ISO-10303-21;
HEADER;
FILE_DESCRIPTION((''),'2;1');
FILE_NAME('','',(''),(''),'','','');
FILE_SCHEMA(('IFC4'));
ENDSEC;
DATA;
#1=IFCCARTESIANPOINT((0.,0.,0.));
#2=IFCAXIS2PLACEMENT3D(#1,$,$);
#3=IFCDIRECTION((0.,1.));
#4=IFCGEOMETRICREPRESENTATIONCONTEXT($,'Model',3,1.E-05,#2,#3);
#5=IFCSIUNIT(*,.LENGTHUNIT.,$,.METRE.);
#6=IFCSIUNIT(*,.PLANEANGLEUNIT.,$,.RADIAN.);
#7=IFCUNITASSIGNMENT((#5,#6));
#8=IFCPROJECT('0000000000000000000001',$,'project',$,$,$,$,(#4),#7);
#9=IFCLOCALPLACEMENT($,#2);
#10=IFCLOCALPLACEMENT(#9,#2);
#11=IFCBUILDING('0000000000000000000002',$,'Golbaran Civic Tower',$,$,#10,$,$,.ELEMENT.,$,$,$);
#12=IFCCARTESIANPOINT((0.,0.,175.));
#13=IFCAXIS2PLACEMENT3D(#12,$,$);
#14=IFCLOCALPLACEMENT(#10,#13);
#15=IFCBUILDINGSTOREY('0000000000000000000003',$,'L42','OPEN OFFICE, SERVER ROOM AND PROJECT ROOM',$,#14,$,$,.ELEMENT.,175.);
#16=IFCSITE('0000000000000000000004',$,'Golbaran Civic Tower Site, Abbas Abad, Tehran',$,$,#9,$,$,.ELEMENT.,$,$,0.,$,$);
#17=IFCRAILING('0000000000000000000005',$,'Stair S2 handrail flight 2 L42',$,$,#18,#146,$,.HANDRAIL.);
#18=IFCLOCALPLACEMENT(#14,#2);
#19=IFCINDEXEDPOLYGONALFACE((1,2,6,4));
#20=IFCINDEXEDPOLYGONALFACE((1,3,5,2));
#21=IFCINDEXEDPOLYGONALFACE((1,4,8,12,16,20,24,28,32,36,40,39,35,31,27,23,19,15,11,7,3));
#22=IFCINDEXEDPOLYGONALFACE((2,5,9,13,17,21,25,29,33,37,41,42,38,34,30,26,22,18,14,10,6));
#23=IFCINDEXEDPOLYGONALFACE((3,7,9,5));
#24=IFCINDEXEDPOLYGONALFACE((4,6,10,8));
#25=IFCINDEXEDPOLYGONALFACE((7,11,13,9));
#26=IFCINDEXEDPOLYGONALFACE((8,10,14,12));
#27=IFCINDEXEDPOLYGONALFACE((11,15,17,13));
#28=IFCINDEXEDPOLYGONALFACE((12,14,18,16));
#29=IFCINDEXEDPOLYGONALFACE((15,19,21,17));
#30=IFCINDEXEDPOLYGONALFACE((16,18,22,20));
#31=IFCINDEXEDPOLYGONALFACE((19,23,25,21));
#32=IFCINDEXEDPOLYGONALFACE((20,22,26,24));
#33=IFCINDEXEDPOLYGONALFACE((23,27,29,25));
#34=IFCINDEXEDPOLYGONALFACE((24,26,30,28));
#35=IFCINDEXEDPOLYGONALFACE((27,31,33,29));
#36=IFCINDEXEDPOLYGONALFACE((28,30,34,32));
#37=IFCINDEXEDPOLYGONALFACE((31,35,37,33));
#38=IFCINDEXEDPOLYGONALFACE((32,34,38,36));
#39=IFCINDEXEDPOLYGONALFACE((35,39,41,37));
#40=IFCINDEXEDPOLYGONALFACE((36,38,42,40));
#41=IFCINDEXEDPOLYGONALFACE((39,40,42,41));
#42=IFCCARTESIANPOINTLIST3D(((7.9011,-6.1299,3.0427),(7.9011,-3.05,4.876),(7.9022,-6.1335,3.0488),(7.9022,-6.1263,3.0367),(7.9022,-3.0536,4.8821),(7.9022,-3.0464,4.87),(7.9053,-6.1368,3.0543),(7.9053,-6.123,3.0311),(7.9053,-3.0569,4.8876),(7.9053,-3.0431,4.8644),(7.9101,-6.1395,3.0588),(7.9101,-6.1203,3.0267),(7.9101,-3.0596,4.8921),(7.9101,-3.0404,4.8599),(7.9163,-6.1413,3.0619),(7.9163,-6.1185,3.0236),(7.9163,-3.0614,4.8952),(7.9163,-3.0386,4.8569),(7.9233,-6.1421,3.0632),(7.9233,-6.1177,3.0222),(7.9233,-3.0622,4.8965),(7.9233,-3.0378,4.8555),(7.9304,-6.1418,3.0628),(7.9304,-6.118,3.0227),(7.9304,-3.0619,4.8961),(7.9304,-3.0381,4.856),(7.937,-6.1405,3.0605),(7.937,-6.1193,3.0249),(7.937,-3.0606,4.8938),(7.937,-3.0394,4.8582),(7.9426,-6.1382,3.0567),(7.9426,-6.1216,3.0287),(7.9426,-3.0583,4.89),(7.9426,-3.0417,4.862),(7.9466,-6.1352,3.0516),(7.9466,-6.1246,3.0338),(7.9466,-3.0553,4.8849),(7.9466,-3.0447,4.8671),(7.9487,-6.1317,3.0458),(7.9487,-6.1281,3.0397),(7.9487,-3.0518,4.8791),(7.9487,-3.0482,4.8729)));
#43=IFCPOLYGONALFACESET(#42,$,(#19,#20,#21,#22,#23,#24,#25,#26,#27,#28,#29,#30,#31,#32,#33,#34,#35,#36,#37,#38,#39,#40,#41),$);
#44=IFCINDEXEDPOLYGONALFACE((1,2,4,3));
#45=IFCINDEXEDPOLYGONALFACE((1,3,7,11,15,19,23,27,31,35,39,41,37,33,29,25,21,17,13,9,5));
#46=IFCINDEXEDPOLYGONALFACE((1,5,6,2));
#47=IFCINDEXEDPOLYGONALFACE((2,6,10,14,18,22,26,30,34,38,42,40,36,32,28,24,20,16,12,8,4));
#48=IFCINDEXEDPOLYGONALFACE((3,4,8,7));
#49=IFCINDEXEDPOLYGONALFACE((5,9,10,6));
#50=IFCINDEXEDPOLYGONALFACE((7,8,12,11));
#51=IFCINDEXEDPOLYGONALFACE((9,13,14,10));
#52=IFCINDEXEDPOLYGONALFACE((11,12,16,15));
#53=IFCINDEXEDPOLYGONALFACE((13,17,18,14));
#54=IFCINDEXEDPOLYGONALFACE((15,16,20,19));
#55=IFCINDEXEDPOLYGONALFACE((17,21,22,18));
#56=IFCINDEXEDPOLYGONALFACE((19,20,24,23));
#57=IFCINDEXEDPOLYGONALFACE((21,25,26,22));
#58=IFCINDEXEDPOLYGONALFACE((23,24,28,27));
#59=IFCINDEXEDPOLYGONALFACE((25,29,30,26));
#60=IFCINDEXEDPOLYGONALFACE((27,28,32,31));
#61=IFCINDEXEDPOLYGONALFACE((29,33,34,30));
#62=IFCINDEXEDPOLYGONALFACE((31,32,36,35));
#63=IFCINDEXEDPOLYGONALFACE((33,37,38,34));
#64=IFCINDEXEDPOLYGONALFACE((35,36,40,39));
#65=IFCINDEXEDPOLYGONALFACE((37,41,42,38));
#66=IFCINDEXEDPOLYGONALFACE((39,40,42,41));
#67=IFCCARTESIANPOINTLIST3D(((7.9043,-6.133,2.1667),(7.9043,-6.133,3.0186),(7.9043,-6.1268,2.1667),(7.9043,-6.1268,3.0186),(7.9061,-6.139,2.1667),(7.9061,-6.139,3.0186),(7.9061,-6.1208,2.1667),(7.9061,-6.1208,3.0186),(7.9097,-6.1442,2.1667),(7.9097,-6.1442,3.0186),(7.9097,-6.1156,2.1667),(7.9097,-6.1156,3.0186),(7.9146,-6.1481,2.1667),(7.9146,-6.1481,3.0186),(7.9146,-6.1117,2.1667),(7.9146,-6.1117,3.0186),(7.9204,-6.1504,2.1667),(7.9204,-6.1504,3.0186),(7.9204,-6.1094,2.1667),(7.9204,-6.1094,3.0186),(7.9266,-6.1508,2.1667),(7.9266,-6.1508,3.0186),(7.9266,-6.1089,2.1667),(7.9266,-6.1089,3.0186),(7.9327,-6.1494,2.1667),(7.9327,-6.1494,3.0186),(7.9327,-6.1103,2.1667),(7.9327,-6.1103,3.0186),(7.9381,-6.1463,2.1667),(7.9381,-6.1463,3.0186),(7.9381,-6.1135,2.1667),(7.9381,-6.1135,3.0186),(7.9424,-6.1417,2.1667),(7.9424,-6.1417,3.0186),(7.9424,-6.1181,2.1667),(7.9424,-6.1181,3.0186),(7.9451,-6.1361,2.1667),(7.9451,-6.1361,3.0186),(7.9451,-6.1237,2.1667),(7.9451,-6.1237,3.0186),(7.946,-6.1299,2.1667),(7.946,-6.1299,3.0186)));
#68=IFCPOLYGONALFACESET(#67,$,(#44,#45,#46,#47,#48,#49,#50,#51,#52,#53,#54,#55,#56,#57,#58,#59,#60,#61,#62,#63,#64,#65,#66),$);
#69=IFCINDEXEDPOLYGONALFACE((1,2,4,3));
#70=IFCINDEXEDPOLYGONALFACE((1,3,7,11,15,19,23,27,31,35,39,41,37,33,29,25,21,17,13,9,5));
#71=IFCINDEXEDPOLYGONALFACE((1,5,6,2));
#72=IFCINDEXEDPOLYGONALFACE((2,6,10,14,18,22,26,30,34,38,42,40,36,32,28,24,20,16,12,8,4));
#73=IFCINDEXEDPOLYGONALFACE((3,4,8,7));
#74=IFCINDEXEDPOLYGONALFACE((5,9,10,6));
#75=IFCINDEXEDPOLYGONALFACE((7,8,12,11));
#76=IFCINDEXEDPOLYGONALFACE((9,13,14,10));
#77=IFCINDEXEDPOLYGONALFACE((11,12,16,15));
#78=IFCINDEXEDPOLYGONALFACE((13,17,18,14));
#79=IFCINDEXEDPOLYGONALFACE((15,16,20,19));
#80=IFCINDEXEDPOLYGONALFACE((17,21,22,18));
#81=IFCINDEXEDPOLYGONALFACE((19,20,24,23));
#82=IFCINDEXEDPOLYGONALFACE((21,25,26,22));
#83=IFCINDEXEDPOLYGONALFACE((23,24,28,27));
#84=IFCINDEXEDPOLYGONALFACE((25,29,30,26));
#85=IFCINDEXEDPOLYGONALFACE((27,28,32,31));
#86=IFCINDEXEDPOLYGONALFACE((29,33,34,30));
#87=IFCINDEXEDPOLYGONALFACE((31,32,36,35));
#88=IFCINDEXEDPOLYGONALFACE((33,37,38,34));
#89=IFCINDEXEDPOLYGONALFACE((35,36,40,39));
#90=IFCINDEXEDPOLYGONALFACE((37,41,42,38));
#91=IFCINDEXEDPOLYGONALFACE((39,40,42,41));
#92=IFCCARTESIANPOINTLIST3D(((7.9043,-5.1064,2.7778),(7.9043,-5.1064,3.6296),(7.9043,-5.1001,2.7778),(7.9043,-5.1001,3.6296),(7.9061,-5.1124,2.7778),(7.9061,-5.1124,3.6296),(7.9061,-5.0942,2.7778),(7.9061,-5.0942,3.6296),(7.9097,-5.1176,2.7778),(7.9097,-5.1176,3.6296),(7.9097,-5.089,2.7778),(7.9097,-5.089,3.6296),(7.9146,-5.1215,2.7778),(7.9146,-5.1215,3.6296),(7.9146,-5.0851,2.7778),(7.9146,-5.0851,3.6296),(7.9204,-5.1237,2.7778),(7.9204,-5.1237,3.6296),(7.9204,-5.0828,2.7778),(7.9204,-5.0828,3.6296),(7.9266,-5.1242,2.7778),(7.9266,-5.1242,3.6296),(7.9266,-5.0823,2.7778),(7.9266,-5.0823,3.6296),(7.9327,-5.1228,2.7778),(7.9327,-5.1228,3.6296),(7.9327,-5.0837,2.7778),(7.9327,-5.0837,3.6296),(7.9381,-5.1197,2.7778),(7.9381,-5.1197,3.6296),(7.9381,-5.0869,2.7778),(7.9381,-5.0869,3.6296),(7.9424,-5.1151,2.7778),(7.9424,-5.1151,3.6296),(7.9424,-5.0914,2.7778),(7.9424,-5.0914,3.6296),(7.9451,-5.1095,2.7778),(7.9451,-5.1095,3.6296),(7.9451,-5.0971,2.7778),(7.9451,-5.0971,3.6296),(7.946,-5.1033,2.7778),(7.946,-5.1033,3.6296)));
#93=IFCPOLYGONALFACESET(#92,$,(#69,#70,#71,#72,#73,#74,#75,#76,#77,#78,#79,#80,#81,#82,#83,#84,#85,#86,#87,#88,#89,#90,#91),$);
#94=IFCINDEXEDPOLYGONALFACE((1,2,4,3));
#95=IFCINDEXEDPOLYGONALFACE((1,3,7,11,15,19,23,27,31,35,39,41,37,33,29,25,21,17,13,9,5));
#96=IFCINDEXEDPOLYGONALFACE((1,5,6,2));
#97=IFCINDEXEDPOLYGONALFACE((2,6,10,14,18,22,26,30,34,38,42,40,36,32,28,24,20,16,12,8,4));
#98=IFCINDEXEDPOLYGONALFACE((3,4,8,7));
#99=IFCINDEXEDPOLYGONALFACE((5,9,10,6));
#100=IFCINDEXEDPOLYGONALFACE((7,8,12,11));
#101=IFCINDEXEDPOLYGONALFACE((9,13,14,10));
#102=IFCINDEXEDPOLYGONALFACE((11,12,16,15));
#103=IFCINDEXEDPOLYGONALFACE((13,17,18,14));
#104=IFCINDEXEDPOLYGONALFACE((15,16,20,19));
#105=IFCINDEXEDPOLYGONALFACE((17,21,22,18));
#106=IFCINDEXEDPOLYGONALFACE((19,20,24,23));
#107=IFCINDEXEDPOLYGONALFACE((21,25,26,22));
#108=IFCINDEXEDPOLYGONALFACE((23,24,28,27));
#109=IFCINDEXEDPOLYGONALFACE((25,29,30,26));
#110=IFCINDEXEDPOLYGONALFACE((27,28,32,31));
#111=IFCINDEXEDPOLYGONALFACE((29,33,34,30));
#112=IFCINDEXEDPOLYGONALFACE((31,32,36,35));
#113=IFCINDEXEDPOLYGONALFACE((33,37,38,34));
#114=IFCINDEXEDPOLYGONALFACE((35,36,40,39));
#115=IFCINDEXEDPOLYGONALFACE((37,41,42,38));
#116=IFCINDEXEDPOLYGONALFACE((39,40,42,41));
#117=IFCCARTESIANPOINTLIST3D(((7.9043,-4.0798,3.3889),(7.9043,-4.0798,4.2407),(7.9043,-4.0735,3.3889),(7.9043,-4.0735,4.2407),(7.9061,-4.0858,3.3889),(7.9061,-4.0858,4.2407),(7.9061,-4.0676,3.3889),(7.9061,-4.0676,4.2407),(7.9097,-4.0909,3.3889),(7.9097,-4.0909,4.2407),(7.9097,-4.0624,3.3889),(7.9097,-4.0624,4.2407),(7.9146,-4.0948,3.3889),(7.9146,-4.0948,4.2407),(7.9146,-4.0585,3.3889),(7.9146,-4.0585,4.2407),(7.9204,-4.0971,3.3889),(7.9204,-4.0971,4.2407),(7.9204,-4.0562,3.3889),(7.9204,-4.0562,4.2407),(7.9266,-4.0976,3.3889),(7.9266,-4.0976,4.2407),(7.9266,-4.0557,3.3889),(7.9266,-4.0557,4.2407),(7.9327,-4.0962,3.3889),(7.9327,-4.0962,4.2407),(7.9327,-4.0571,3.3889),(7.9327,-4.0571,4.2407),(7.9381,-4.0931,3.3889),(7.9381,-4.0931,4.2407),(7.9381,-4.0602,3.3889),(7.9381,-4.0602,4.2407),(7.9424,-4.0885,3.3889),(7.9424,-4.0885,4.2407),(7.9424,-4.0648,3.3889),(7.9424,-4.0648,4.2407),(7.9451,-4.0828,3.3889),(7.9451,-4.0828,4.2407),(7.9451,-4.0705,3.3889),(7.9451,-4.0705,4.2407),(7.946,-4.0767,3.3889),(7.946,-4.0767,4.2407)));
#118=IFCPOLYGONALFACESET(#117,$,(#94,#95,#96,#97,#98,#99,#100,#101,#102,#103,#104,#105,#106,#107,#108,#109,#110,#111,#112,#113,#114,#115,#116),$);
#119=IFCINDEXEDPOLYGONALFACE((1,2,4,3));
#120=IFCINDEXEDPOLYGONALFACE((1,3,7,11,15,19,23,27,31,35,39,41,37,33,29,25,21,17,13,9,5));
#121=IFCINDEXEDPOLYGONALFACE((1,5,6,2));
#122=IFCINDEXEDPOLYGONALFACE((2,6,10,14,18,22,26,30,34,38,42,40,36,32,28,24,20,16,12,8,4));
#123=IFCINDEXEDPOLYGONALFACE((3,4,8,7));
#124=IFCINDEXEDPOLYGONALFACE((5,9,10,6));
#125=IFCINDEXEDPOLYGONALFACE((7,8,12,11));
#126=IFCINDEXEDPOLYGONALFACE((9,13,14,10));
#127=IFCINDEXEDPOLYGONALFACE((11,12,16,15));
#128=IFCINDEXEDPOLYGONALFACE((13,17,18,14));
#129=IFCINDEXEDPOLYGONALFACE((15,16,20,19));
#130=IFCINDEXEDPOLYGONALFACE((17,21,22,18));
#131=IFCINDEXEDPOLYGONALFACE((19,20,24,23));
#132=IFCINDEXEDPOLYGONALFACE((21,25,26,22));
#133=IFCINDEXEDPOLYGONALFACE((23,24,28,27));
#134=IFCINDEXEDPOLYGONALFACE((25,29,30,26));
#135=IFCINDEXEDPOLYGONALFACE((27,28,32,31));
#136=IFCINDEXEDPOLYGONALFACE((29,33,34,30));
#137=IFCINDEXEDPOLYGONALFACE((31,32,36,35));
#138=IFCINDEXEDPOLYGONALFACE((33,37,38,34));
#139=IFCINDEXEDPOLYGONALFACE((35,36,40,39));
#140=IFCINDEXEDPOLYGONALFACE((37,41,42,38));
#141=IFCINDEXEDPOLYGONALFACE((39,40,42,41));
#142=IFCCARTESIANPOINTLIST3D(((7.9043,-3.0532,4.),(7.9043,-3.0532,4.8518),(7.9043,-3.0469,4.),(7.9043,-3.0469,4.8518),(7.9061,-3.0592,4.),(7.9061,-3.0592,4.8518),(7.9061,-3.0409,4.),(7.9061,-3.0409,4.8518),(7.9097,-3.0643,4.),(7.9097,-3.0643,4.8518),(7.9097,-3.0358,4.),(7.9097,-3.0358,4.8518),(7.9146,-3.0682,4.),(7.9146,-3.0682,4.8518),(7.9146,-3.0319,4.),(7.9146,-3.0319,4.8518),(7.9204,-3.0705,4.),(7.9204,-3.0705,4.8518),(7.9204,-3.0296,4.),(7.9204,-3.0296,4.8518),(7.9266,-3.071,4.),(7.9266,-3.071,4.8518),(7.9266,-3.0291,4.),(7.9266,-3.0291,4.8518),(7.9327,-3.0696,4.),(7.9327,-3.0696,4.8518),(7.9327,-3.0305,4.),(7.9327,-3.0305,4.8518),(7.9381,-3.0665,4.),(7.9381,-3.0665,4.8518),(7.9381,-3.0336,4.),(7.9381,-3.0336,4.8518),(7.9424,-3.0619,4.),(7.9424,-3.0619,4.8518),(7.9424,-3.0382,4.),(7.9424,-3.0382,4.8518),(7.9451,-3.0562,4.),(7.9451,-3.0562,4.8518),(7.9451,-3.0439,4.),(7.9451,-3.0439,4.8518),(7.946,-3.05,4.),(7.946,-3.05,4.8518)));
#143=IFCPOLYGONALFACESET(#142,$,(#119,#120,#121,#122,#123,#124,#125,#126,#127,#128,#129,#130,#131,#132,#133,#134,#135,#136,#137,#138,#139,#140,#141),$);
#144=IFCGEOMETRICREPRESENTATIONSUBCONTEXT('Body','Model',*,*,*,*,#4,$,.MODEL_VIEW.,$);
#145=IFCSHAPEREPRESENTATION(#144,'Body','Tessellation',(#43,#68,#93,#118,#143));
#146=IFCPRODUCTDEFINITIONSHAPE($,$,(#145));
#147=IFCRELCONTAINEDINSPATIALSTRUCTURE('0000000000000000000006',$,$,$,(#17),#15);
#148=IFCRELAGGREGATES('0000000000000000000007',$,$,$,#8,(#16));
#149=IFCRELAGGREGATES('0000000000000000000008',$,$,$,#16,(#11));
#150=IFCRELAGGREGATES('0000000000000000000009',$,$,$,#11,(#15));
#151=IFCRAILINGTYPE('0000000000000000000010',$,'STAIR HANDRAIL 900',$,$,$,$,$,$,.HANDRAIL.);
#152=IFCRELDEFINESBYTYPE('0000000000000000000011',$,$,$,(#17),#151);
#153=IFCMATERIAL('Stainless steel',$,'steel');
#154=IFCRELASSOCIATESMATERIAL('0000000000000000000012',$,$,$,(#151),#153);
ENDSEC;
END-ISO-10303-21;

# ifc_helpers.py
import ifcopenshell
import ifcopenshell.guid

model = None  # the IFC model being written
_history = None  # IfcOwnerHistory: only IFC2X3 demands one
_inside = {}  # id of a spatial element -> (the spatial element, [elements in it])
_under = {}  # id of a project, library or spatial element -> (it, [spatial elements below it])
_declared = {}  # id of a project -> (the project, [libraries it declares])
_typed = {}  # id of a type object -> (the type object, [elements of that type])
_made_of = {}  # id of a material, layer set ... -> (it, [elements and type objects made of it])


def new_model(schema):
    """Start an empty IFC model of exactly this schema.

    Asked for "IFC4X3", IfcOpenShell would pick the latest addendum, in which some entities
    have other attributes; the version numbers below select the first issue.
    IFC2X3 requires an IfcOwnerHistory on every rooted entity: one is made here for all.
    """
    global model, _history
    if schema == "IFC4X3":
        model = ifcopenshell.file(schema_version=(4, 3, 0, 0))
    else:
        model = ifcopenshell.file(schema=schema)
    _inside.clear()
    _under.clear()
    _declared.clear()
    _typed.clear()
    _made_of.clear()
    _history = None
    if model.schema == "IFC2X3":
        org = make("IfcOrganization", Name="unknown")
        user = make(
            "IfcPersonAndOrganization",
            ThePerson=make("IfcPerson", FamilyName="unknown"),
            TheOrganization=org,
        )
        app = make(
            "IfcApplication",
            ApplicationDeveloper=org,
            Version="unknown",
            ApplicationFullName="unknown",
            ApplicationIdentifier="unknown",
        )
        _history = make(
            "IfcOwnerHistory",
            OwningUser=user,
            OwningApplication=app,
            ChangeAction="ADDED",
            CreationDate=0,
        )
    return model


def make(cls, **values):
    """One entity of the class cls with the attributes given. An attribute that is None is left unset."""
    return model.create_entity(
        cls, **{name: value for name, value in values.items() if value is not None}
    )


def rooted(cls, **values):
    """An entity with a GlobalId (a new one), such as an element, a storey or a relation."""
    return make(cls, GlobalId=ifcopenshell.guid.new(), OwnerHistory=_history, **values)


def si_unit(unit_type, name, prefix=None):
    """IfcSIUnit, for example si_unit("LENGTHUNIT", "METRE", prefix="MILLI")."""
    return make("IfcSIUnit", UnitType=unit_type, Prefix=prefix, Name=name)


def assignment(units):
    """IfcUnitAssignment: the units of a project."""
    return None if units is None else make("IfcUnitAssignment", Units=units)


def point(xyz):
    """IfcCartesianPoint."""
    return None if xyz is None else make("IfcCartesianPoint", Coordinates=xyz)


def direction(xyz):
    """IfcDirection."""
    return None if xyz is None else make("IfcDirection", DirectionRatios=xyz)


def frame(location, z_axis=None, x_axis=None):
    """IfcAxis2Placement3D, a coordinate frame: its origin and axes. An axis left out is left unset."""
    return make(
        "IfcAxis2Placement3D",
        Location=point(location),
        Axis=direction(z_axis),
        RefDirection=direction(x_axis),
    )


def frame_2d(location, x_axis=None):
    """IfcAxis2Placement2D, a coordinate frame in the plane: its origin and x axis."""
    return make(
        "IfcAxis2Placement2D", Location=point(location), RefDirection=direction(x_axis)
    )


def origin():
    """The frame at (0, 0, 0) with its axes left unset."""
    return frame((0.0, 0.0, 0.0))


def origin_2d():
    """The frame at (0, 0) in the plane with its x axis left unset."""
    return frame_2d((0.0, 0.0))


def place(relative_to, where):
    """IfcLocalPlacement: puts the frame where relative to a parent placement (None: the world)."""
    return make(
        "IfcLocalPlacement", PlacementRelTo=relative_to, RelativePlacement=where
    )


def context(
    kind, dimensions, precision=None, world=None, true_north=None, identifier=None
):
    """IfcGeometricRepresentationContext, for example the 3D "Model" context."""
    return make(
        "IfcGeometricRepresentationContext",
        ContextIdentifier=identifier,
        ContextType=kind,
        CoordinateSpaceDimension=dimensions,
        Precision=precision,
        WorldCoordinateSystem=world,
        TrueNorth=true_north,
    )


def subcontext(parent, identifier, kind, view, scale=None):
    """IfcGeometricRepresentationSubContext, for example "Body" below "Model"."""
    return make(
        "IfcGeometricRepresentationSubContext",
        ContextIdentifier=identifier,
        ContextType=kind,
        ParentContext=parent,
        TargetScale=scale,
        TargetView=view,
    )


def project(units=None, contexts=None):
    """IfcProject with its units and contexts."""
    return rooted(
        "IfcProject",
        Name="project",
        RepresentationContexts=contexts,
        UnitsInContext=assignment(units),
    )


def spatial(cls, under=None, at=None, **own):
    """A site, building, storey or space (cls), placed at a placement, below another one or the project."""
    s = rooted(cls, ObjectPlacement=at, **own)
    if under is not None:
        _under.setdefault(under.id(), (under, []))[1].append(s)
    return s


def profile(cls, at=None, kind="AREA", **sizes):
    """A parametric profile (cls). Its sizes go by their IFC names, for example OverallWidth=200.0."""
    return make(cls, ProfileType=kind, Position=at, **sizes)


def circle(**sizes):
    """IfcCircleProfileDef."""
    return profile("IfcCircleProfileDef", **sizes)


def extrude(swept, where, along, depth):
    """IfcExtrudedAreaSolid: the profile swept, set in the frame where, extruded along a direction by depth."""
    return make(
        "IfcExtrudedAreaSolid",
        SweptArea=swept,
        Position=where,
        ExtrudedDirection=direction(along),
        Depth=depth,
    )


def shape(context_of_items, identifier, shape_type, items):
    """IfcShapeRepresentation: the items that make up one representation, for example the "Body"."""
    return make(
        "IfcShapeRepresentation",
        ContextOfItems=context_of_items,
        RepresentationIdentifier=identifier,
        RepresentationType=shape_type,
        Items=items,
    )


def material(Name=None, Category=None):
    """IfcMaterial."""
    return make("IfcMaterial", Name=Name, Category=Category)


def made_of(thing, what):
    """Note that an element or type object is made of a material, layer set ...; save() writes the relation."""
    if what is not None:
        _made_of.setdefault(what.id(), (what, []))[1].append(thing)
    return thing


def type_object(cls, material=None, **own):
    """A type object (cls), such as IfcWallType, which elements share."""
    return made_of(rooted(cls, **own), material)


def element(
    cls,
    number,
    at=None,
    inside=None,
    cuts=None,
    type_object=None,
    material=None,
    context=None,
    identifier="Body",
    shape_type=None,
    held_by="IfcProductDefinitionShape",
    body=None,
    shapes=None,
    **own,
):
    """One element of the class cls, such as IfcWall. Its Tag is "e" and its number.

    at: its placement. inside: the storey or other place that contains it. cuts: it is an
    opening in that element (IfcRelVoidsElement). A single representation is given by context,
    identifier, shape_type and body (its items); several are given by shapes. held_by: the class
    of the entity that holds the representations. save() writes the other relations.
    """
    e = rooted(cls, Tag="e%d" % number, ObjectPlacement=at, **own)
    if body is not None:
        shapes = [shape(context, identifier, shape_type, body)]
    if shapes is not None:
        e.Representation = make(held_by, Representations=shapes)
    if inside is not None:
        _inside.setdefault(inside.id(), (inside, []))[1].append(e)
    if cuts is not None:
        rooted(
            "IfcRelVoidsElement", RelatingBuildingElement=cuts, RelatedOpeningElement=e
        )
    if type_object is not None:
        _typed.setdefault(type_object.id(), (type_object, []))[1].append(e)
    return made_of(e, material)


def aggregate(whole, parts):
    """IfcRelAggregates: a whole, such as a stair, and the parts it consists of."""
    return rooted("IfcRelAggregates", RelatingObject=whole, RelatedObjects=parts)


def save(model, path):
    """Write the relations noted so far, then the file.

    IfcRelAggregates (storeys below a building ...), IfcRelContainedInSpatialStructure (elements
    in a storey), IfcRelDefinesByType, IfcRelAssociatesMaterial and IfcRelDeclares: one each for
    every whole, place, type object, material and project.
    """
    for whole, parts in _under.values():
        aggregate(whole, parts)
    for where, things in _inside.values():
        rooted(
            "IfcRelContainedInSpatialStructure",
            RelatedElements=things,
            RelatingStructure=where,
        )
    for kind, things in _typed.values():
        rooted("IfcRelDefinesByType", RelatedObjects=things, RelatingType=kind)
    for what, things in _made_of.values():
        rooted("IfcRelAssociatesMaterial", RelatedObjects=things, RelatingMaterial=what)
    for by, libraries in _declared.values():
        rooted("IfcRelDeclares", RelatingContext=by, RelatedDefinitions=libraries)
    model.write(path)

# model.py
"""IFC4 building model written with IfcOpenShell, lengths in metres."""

from ifc_helpers import new_model, si_unit, direction, frame, origin, origin_2d, place, context, subcontext, project, spatial, circle, extrude, material, type_object, element, save


model = new_model("IFC4")

# Units and contexts
model_context = context("Model", 3, precision=1e-05, world=origin(), true_north=direction((0.0, 1.0)))
body_context = subcontext(model_context, "Body", "Model", "MODEL_VIEW")
ifc_project = project(units=[si_unit("LENGTHUNIT", "METRE"), si_unit("PLANEANGLEUNIT", "RADIAN")], contexts=[model_context])

# Site, building, storey
site_placement = place(None, origin())
site = spatial("IfcSite", under=ifc_project, at=site_placement, Name="Golbaran Civic Tower Site, Abbas Abad, Tehran", CompositionType="ELEMENT", RefElevation=0.0)
building_placement = place(site_placement, origin())
building = spatial("IfcBuilding", under=site, at=building_placement, Name="Golbaran Civic Tower", CompositionType="ELEMENT")
storey_placement = place(building_placement, frame((0.0, 0.0, 175.0)))
storey = spatial("IfcBuildingStorey", under=building, at=storey_placement, Name="L42", Description="OPEN OFFICE, SERVER ROOM AND PROJECT ROOM", CompositionType="ELEMENT", Elevation=175.0)

# Shared definitions
ifc_material_1 = material(Name="Stainless steel", Category="steel")

# Railing
railing_type = type_object("IfcRailingType", Name="STAIR HANDRAIL 900", PredefinedType="HANDRAIL", material=ifc_material_1)
railing_1_placement = place(storey_placement, frame((7.925, -6.1299, 2.1667)))
element("IfcRailing", 1, at=railing_1_placement, inside=storey, type_object=railing_type, Name="Stair S2 handrail flight 2 L42", PredefinedType="HANDRAIL", context=body_context, shape_type="SweptSolid", body=[
    extrude(circle(Radius=0.0239, at=origin_2d()), frame((0.0, 0.0, 0.876), z_axis=(0.0, 0.859291, 0.511487), x_axis=(-1.0, 0.0, 0.0)), (0.0, 0.0, 1.0), 3.5842),
    extrude(circle(Radius=0.021, at=origin_2d()), origin(), (0.0, 0.0, 1.0), 0.8518),
    extrude(circle(Radius=0.021, at=origin_2d()), frame((0.0, 1.0266, 0.6111)), (0.0, 0.0, 1.0), 0.8518),
    extrude(circle(Radius=0.021, at=origin_2d()), frame((0.0, 2.0532, 1.2222)), (0.0, 0.0, 1.0), 0.8518),
    extrude(circle(Radius=0.021, at=origin_2d()), frame((0.0, 3.0798, 1.8333)), (0.0, 0.0, 1.0), 0.8518),
])

save(model, "model.ifc")
